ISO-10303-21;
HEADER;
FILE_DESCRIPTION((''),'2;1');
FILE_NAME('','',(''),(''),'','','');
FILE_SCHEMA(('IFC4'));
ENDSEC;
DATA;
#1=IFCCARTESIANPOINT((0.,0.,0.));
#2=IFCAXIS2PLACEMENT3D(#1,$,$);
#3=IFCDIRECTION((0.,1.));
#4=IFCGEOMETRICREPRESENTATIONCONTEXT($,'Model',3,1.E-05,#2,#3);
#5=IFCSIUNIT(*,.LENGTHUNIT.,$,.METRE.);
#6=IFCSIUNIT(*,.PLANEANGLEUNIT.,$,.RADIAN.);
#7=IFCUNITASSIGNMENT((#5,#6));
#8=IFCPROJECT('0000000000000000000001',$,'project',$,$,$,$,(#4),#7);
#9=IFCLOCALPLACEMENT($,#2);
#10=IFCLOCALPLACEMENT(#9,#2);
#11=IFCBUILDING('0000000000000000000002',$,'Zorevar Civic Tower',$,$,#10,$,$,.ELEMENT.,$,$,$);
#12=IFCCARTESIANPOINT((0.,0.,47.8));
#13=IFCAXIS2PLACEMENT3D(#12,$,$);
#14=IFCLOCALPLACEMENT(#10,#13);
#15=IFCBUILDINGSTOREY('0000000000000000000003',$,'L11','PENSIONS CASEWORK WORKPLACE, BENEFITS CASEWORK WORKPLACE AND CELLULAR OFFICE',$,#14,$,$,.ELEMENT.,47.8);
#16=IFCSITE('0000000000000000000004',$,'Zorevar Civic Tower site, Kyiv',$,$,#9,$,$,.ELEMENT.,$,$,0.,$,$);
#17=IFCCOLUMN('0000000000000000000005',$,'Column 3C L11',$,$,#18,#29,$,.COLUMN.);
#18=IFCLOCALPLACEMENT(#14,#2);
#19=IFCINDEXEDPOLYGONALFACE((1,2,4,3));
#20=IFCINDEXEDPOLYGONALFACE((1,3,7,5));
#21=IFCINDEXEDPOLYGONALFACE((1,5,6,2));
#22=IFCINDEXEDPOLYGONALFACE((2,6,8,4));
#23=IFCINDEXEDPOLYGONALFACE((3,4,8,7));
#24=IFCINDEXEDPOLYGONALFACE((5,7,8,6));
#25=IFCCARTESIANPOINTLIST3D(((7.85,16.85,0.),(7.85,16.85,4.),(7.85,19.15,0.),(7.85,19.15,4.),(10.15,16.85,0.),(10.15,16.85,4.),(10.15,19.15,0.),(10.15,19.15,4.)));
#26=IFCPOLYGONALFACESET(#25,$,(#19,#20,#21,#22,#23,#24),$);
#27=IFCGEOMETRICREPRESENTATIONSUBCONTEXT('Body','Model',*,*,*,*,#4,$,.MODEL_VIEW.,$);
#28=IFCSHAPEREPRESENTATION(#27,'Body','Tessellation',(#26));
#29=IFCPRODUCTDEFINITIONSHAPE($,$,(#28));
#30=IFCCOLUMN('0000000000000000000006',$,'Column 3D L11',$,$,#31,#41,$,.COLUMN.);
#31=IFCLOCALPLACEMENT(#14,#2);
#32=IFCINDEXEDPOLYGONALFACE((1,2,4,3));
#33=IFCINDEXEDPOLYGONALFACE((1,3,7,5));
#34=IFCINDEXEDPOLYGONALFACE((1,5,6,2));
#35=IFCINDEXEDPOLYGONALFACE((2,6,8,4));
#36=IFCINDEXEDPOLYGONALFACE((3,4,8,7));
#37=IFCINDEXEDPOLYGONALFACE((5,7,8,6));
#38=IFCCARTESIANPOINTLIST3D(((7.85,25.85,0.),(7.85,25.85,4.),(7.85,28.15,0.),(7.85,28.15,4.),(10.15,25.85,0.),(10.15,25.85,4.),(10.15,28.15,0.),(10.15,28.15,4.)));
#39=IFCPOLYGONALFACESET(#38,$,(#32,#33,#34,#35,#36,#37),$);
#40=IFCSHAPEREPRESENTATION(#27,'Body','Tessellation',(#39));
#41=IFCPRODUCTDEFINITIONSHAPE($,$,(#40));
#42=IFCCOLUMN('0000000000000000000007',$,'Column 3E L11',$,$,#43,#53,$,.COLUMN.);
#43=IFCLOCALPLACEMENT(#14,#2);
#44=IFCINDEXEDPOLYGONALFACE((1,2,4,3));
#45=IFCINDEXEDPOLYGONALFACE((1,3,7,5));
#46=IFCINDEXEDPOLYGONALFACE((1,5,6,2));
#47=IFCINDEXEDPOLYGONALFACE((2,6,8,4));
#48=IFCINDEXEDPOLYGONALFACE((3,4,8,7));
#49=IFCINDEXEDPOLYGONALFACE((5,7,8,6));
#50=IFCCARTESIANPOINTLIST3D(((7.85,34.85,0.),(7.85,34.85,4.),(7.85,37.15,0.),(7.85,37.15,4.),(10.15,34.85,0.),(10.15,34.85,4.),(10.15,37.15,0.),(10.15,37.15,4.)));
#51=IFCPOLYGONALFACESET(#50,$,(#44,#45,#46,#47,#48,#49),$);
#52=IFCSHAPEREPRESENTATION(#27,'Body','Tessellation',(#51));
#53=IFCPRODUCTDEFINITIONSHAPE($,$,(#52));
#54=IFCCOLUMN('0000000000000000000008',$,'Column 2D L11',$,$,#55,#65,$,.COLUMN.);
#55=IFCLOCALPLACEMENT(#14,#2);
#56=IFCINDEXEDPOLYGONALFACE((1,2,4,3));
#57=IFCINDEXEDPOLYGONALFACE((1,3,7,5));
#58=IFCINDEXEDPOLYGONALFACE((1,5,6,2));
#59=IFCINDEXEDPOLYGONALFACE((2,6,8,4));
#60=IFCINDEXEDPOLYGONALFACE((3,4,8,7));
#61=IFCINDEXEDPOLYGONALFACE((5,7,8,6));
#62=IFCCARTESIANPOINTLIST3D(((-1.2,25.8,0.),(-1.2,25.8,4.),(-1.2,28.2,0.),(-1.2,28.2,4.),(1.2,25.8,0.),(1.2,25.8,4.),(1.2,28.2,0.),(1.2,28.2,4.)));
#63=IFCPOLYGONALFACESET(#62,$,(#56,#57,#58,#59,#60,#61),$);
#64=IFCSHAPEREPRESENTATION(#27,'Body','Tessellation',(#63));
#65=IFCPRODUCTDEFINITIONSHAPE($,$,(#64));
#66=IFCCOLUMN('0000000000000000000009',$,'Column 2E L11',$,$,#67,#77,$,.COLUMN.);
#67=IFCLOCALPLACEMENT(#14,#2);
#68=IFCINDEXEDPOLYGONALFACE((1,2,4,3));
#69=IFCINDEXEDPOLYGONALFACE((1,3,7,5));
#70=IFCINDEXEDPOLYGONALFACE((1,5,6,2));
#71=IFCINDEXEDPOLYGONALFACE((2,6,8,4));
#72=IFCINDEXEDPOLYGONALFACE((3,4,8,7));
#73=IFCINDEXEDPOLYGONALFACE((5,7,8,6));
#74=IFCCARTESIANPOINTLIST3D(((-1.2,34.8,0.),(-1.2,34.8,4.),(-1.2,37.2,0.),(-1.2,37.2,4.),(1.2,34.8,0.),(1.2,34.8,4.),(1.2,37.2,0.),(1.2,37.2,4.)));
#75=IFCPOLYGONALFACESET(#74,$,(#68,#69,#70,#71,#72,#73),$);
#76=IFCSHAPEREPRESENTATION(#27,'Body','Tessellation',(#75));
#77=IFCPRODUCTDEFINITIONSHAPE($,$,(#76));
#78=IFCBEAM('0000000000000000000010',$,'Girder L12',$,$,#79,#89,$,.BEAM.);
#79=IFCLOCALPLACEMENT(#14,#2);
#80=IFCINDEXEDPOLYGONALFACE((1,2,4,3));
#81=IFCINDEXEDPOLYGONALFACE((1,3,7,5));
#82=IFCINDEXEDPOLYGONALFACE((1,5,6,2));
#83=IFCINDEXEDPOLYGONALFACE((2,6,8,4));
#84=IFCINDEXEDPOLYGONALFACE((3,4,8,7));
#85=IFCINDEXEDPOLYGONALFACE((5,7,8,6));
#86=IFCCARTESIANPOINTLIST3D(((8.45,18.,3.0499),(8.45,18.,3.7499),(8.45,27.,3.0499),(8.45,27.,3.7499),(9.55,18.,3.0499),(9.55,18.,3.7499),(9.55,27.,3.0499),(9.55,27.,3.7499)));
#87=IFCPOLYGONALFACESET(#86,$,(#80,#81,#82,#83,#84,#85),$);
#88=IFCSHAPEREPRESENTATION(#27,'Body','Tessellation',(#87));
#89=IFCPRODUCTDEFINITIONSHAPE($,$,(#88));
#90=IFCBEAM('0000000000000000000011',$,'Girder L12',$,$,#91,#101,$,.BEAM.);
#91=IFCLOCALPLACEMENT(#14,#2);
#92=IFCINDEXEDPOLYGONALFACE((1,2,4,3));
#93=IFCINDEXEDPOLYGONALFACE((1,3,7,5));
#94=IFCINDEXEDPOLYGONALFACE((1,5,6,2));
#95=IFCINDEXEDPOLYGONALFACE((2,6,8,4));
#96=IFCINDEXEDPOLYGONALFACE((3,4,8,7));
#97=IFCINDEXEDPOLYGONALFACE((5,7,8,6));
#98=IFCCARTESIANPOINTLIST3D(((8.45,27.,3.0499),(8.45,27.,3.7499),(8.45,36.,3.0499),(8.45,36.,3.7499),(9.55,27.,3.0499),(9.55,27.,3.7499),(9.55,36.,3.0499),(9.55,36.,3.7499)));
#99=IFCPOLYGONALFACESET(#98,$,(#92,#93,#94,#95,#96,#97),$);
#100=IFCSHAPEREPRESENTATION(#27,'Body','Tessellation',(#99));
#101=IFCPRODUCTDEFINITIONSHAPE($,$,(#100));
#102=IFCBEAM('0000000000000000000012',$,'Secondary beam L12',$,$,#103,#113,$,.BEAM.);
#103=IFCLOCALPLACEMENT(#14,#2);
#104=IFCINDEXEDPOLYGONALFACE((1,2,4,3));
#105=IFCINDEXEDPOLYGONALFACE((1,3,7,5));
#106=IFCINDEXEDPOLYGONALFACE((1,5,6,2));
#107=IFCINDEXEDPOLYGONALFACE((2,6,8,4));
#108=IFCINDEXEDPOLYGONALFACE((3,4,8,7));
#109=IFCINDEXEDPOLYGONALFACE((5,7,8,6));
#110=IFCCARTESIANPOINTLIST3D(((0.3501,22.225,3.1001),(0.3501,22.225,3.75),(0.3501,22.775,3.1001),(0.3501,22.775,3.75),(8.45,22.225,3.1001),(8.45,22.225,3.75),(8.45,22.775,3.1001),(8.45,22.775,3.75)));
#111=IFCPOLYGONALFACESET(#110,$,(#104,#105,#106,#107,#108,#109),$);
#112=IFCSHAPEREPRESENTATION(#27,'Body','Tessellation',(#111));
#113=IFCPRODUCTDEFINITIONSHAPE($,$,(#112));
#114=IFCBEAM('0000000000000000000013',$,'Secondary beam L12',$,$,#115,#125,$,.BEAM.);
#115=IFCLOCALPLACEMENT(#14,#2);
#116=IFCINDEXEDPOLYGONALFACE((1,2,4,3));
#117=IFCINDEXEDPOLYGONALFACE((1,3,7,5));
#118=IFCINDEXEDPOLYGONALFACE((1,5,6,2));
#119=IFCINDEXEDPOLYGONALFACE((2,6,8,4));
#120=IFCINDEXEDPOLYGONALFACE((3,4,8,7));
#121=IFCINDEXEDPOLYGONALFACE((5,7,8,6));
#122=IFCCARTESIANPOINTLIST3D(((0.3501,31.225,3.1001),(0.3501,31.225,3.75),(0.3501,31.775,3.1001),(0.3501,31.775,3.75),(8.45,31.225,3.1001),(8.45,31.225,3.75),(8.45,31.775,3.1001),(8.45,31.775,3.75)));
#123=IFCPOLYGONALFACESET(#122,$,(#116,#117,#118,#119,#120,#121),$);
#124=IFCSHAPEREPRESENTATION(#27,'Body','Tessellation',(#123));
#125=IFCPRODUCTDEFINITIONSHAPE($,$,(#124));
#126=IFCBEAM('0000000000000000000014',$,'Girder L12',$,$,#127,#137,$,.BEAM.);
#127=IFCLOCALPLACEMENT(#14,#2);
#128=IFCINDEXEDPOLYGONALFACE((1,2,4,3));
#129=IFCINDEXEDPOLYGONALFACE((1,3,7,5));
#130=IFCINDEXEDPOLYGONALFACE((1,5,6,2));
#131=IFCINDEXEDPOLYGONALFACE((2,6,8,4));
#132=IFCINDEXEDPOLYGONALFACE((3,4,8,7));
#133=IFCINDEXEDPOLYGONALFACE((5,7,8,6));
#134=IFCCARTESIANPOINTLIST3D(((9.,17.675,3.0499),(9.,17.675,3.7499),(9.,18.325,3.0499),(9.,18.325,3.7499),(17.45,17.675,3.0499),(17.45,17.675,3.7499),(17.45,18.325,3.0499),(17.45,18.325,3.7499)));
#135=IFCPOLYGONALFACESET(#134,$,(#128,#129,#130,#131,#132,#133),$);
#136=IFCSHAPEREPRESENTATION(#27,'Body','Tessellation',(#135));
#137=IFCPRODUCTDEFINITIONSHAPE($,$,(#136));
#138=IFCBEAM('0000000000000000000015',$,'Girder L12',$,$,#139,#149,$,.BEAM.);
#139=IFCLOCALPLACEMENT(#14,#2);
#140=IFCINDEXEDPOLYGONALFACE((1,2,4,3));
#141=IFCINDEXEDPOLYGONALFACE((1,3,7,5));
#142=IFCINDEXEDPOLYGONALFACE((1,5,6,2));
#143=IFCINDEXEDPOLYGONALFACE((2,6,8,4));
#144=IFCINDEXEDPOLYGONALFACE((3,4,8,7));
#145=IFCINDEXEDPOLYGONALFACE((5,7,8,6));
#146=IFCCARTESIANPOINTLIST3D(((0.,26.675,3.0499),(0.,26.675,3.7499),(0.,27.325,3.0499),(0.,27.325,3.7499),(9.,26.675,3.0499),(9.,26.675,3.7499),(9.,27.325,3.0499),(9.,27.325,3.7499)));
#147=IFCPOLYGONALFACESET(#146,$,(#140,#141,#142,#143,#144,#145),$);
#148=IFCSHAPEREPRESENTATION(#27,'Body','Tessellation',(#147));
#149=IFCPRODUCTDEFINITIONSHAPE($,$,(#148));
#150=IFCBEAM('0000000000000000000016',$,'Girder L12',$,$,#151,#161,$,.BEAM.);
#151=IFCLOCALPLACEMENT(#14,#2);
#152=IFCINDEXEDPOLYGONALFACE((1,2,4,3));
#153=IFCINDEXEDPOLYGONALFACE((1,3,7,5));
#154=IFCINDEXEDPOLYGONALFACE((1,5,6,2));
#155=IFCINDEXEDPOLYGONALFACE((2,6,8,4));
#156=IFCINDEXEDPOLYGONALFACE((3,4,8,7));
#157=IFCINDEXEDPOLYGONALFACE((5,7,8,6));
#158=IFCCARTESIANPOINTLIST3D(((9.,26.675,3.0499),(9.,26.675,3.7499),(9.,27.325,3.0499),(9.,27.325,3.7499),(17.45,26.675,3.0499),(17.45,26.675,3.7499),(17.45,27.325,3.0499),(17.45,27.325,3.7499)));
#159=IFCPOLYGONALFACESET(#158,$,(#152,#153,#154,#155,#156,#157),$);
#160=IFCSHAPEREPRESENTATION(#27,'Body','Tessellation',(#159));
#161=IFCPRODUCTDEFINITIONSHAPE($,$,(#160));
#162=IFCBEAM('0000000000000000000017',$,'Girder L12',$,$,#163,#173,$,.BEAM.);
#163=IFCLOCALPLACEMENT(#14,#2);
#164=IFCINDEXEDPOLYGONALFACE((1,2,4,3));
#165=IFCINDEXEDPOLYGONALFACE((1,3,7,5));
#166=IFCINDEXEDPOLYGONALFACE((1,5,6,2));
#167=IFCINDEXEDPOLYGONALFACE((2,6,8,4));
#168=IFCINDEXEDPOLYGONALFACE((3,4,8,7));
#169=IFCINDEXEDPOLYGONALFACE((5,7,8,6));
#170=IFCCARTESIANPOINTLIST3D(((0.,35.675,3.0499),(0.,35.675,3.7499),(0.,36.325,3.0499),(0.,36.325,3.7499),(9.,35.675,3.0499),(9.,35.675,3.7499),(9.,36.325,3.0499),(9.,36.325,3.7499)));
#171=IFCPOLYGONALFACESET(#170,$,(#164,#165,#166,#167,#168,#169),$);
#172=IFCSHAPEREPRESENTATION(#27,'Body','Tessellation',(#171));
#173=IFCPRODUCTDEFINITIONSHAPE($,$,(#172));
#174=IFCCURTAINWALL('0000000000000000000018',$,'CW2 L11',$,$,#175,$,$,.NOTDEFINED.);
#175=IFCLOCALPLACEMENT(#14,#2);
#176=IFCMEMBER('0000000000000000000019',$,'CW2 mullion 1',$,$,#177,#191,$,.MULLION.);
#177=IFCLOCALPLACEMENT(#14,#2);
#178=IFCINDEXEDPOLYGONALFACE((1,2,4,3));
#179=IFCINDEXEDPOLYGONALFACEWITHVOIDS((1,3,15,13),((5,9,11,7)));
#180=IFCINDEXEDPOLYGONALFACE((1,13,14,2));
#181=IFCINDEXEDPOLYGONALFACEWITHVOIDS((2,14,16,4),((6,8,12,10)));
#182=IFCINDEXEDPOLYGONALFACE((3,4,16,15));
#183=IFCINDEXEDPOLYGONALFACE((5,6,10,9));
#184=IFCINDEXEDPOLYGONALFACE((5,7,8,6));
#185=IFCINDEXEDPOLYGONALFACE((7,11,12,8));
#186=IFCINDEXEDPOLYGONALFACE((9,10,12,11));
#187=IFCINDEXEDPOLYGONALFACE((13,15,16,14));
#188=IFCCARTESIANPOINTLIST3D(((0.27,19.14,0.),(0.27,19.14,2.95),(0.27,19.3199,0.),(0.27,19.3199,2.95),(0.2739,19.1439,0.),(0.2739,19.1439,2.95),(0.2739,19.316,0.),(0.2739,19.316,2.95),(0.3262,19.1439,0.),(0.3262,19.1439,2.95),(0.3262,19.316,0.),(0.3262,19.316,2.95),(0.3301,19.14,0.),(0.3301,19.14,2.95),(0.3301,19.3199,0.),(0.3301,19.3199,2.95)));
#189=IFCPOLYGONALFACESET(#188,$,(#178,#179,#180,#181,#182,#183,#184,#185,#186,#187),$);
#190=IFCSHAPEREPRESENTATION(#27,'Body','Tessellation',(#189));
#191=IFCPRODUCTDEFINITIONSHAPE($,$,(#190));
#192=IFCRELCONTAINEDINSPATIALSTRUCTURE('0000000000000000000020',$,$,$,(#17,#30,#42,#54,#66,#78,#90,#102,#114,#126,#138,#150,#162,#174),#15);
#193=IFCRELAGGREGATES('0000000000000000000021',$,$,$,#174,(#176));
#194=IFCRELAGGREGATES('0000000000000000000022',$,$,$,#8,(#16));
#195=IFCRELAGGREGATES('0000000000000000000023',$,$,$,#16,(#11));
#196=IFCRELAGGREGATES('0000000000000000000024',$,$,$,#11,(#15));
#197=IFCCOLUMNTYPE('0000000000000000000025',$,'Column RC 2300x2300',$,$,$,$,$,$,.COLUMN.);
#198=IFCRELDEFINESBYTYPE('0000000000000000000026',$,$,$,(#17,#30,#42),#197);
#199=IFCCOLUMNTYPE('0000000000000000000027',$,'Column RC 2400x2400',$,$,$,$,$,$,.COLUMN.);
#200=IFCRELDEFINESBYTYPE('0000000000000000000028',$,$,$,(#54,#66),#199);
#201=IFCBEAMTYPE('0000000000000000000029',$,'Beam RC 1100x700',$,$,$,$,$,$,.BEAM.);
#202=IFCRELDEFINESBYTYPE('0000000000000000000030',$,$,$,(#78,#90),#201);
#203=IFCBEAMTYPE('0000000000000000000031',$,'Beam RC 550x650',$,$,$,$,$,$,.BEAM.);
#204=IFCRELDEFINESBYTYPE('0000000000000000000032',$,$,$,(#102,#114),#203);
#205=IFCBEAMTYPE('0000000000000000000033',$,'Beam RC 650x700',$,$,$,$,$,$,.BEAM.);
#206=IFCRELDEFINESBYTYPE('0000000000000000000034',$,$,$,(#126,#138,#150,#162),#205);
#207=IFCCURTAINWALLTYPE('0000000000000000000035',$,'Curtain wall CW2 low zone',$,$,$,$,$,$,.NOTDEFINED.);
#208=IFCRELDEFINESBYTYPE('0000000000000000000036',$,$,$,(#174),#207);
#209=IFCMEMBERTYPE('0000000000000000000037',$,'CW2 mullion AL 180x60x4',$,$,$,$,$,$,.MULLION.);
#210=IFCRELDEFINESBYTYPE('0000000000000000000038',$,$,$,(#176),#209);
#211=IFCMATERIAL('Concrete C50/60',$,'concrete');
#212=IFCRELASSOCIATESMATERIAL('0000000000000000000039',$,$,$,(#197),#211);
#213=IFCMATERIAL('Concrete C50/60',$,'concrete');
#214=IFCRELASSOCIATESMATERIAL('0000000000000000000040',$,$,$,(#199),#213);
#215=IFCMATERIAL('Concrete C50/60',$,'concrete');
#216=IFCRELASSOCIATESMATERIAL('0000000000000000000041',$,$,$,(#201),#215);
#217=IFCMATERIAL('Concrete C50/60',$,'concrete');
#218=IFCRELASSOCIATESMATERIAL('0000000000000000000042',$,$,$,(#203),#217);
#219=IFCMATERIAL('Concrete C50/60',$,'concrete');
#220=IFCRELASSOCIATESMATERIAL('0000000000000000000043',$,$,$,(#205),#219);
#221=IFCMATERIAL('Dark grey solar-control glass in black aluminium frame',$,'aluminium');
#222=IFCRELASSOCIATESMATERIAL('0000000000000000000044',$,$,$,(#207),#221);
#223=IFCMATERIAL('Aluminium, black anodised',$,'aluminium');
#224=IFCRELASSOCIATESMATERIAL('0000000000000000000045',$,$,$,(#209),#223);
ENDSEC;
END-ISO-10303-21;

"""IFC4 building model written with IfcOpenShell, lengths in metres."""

from ifc_helpers import new_model, si_unit, direction, frame, origin, origin_2d, place, context, subcontext, project, spatial, rectangle, hollow_rectangle, extrude, material, material_profile, profile_set, type_object, element, aggregate, save


model = new_model("IFC4")

# Units and contexts
model_context = context("Model", 3, precision=1e-05, world=origin(), true_north=direction((0.0, 1.0)))
body_context = subcontext(model_context, "Body", "Model", "MODEL_VIEW")
ifc_project = project(units=[si_unit("LENGTHUNIT", "METRE"), si_unit("PLANEANGLEUNIT", "RADIAN")], contexts=[model_context])

# Site, building, storey
site_placement = place(None, origin())
site = spatial("IfcSite", under=ifc_project, at=site_placement, Name="Zorevar Civic Tower site, Kyiv", CompositionType="ELEMENT", RefElevation=0.0)
building_placement = place(site_placement, origin())
building = spatial("IfcBuilding", under=site, at=building_placement, Name="Zorevar Civic Tower", CompositionType="ELEMENT")
storey_placement = place(building_placement, frame((0.0, 0.0, 47.8)))
storey = spatial("IfcBuildingStorey", under=building, at=storey_placement, Name="L11", Description="PENSIONS CASEWORK WORKPLACE, BENEFITS CASEWORK WORKPLACE AND CELLULAR OFFICE", CompositionType="ELEMENT", Elevation=47.8)

# Columns
ifc_material_1 = material(Name="Concrete C50/60", Category="concrete")
ifc_material_profile_1 = material_profile(ifc_material_1, rectangle(XDim=2.3, YDim=2.3, at=origin_2d()), Name="RC 2300x2300")
ifc_profile_set_1 = profile_set([ifc_material_profile_1], Name="Concrete C50/60")
column_type_1 = type_object("IfcColumnType", Name="Column RC 2300x2300", PredefinedType="COLUMN", material=ifc_profile_set_1)
for number, where, z_axis, x_axis, name in (
    (1, (9.0, 18.0, 0.0), (0.0, 0.0, 1.0), (1.0, 0.0, 0.0), "Column 3C L11"),
    (2, (9.0, 27.0, 0.0), (0.0, 0.0, 1.0), (1.0, 0.0, 0.0), "Column 3D L11"),
    (3, (9.0, 36.0, 0.0), (0.0, 0.0, 1.0), (1.0, 0.0, 0.0), "Column 3E L11"),
):
    element("IfcColumn", number, at=place(storey_placement, frame(where, z_axis=z_axis, x_axis=x_axis)), inside=storey, type_object=column_type_1, Name=name, PredefinedType="COLUMN", context=body_context, shape_type="SweptSolid", body=[
        extrude(rectangle(XDim=2.3, YDim=2.3, at=origin_2d()), origin(), (0.0, 0.0, 1.0), 4.0),
    ])
ifc_material_2 = material(Name="Concrete C50/60", Category="concrete")
ifc_material_profile_2 = material_profile(ifc_material_2, rectangle(XDim=2.3999, YDim=2.3999, at=origin_2d()), Name="RC 2400x2400")
ifc_profile_set_2 = profile_set([ifc_material_profile_2], Name="Concrete C50/60")
column_type_2 = type_object("IfcColumnType", Name="Column RC 2400x2400", PredefinedType="COLUMN", material=ifc_profile_set_2)
for number, where, z_axis, x_axis, name in (
    (4, (0.0, 27.0, 0.0), (0.0, 0.0, 1.0), (1.0, 0.0, 0.0), "Column 2D L11"),
    (5, (0.0, 36.0, 0.0), (0.0, 0.0, 1.0), (1.0, 0.0, 0.0), "Column 2E L11"),
):
    element("IfcColumn", number, at=place(storey_placement, frame(where, z_axis=z_axis, x_axis=x_axis)), inside=storey, type_object=column_type_2, Name=name, PredefinedType="COLUMN", context=body_context, shape_type="SweptSolid", body=[
        extrude(rectangle(XDim=2.3999, YDim=2.3999, at=origin_2d()), origin(), (0.0, 0.0, 1.0), 4.0),
    ])

# Beams
ifc_material_3 = material(Name="Concrete C50/60", Category="concrete")
ifc_material_profile_3 = material_profile(ifc_material_3, rectangle(XDim=1.1001, YDim=0.7, at=origin_2d()), Name="RC 1100x700")
ifc_profile_set_3 = profile_set([ifc_material_profile_3], Name="Concrete C50/60")
beam_type_1 = type_object("IfcBeamType", Name="Beam RC 1100x700", PredefinedType="BEAM", material=ifc_profile_set_3)
for number, where, z_axis, x_axis, name in (
    (6, (9.0, 18.0, 3.3999), (0.0, 1.0, 0.0), (-1.0, 0.0, 0.0), "Girder L12"),
    (7, (9.0, 27.0, 3.3999), (0.0, 1.0, 0.0), (-1.0, 0.0, 0.0), "Girder L12"),
):
    element("IfcBeam", number, at=place(storey_placement, frame(where, z_axis=z_axis, x_axis=x_axis)), inside=storey, type_object=beam_type_1, Name=name, PredefinedType="BEAM", context=body_context, shape_type="SweptSolid", body=[
        extrude(rectangle(XDim=1.1001, YDim=0.7, at=origin_2d()), origin(), (0.0, 0.0, 1.0), 9.0),
    ])
ifc_material_4 = material(Name="Concrete C50/60", Category="concrete")
ifc_material_profile_4 = material_profile(ifc_material_4, rectangle(XDim=0.55, YDim=0.6499, at=origin_2d()), Name="RC 550x650")
ifc_profile_set_4 = profile_set([ifc_material_profile_4], Name="Concrete C50/60")
beam_type_2 = type_object("IfcBeamType", Name="Beam RC 550x650", PredefinedType="BEAM", material=ifc_profile_set_4)
for number, where, z_axis, x_axis, name in (
    (8, (0.3501, 22.5, 3.425), (1.0, 0.0, 0.0), (0.0, 1.0, 0.0), "Secondary beam L12"),
    (9, (0.3501, 31.5, 3.425), (1.0, 0.0, 0.0), (0.0, 1.0, 0.0), "Secondary beam L12"),
):
    element("IfcBeam", number, at=place(storey_placement, frame(where, z_axis=z_axis, x_axis=x_axis)), inside=storey, type_object=beam_type_2, Name=name, PredefinedType="BEAM", context=body_context, shape_type="SweptSolid", body=[
        extrude(rectangle(XDim=0.55, YDim=0.6499, at=origin_2d()), origin(), (0.0, 0.0, 1.0), 8.0999),
    ])
ifc_material_5 = material(Name="Concrete C50/60", Category="concrete")
ifc_material_profile_5 = material_profile(ifc_material_5, rectangle(XDim=0.6499, YDim=0.7, at=origin_2d()), Name="RC 650x700")
ifc_profile_set_5 = profile_set([ifc_material_profile_5], Name="Concrete C50/60")
beam_type_3 = type_object("IfcBeamType", Name="Beam RC 650x700", PredefinedType="BEAM", material=ifc_profile_set_5)
beam_1_placement = place(storey_placement, frame((9.0, 18.0, 3.3999), z_axis=(1.0, 0.0, 0.0), x_axis=(0.0, 1.0, 0.0)))
element("IfcBeam", 10, at=beam_1_placement, inside=storey, type_object=beam_type_3, Name="Girder L12", PredefinedType="BEAM", context=body_context, shape_type="SweptSolid", body=[
    extrude(rectangle(XDim=0.6499, YDim=0.7, at=origin_2d()), origin(), (0.0, 0.0, 1.0), 8.45),
])
beam_2_placement = place(storey_placement, frame((0.0, 27.0, 3.3999), z_axis=(1.0, 0.0, 0.0), x_axis=(0.0, 1.0, 0.0)))
element("IfcBeam", 11, at=beam_2_placement, inside=storey, type_object=beam_type_3, Name="Girder L12", PredefinedType="BEAM", context=body_context, shape_type="SweptSolid", body=[
    extrude(rectangle(XDim=0.6499, YDim=0.7, at=origin_2d()), origin(), (0.0, 0.0, 1.0), 9.0),
])
beam_3_placement = place(storey_placement, frame((9.0, 27.0, 3.3999), z_axis=(1.0, 0.0, 0.0), x_axis=(0.0, 1.0, 0.0)))
element("IfcBeam", 12, at=beam_3_placement, inside=storey, type_object=beam_type_3, Name="Girder L12", PredefinedType="BEAM", context=body_context, shape_type="SweptSolid", body=[
    extrude(rectangle(XDim=0.6499, YDim=0.7, at=origin_2d()), origin(), (0.0, 0.0, 1.0), 8.45),
])
beam_4_placement = place(storey_placement, frame((0.0, 36.0, 3.3999), z_axis=(1.0, 0.0, 0.0), x_axis=(0.0, 1.0, 0.0)))
element("IfcBeam", 13, at=beam_4_placement, inside=storey, type_object=beam_type_3, Name="Girder L12", PredefinedType="BEAM", context=body_context, shape_type="SweptSolid", body=[
    extrude(rectangle(XDim=0.6499, YDim=0.7, at=origin_2d()), origin(), (0.0, 0.0, 1.0), 9.0),
])

# Curtain wall, member
ifc_material_6 = material(Name="Dark grey solar-control glass in black aluminium frame", Category="aluminium")
curtain_wall_type = type_object("IfcCurtainWallType", Name="Curtain wall CW2 low zone", PredefinedType="NOTDEFINED", material=ifc_material_6)
curtain_wall_1_placement = place(storey_placement, origin())
curtain_wall_1 = element("IfcCurtainWall", 14, at=curtain_wall_1_placement, inside=storey, type_object=curtain_wall_type, Name="CW2 L11", PredefinedType="NOTDEFINED")
ifc_material_7 = material(Name="Aluminium, black anodised", Category="aluminium")
ifc_material_profile_6 = material_profile(ifc_material_7, hollow_rectangle(XDim=0.0601, YDim=0.1799, WallThickness=0.0039, at=origin_2d()), Name="AL 180x60x4")
ifc_profile_set_6 = profile_set([ifc_material_profile_6], Name="Aluminium, black anodised")
member_type_1 = type_object("IfcMemberType", Name="CW2 mullion AL 180x60x4", PredefinedType="MULLION", material=ifc_profile_set_6)
member_1_placement = place(storey_placement, frame((0.3, 19.23, 0.0), z_axis=(0.0, 0.0, 1.0), x_axis=(-1.0, 0.0, 0.0)))
member_1 = element("IfcMember", 15, at=member_1_placement, type_object=member_type_1, Name="CW2 mullion 1", PredefinedType="MULLION", context=body_context, shape_type="SweptSolid", body=[
    extrude(hollow_rectangle(XDim=0.0601, YDim=0.1799, WallThickness=0.0039, at=origin_2d()), origin(), (0.0, 0.0, 1.0), 2.95),
])

aggregate(curtain_wall_1, [member_1])

save(model, "model.ifc")
